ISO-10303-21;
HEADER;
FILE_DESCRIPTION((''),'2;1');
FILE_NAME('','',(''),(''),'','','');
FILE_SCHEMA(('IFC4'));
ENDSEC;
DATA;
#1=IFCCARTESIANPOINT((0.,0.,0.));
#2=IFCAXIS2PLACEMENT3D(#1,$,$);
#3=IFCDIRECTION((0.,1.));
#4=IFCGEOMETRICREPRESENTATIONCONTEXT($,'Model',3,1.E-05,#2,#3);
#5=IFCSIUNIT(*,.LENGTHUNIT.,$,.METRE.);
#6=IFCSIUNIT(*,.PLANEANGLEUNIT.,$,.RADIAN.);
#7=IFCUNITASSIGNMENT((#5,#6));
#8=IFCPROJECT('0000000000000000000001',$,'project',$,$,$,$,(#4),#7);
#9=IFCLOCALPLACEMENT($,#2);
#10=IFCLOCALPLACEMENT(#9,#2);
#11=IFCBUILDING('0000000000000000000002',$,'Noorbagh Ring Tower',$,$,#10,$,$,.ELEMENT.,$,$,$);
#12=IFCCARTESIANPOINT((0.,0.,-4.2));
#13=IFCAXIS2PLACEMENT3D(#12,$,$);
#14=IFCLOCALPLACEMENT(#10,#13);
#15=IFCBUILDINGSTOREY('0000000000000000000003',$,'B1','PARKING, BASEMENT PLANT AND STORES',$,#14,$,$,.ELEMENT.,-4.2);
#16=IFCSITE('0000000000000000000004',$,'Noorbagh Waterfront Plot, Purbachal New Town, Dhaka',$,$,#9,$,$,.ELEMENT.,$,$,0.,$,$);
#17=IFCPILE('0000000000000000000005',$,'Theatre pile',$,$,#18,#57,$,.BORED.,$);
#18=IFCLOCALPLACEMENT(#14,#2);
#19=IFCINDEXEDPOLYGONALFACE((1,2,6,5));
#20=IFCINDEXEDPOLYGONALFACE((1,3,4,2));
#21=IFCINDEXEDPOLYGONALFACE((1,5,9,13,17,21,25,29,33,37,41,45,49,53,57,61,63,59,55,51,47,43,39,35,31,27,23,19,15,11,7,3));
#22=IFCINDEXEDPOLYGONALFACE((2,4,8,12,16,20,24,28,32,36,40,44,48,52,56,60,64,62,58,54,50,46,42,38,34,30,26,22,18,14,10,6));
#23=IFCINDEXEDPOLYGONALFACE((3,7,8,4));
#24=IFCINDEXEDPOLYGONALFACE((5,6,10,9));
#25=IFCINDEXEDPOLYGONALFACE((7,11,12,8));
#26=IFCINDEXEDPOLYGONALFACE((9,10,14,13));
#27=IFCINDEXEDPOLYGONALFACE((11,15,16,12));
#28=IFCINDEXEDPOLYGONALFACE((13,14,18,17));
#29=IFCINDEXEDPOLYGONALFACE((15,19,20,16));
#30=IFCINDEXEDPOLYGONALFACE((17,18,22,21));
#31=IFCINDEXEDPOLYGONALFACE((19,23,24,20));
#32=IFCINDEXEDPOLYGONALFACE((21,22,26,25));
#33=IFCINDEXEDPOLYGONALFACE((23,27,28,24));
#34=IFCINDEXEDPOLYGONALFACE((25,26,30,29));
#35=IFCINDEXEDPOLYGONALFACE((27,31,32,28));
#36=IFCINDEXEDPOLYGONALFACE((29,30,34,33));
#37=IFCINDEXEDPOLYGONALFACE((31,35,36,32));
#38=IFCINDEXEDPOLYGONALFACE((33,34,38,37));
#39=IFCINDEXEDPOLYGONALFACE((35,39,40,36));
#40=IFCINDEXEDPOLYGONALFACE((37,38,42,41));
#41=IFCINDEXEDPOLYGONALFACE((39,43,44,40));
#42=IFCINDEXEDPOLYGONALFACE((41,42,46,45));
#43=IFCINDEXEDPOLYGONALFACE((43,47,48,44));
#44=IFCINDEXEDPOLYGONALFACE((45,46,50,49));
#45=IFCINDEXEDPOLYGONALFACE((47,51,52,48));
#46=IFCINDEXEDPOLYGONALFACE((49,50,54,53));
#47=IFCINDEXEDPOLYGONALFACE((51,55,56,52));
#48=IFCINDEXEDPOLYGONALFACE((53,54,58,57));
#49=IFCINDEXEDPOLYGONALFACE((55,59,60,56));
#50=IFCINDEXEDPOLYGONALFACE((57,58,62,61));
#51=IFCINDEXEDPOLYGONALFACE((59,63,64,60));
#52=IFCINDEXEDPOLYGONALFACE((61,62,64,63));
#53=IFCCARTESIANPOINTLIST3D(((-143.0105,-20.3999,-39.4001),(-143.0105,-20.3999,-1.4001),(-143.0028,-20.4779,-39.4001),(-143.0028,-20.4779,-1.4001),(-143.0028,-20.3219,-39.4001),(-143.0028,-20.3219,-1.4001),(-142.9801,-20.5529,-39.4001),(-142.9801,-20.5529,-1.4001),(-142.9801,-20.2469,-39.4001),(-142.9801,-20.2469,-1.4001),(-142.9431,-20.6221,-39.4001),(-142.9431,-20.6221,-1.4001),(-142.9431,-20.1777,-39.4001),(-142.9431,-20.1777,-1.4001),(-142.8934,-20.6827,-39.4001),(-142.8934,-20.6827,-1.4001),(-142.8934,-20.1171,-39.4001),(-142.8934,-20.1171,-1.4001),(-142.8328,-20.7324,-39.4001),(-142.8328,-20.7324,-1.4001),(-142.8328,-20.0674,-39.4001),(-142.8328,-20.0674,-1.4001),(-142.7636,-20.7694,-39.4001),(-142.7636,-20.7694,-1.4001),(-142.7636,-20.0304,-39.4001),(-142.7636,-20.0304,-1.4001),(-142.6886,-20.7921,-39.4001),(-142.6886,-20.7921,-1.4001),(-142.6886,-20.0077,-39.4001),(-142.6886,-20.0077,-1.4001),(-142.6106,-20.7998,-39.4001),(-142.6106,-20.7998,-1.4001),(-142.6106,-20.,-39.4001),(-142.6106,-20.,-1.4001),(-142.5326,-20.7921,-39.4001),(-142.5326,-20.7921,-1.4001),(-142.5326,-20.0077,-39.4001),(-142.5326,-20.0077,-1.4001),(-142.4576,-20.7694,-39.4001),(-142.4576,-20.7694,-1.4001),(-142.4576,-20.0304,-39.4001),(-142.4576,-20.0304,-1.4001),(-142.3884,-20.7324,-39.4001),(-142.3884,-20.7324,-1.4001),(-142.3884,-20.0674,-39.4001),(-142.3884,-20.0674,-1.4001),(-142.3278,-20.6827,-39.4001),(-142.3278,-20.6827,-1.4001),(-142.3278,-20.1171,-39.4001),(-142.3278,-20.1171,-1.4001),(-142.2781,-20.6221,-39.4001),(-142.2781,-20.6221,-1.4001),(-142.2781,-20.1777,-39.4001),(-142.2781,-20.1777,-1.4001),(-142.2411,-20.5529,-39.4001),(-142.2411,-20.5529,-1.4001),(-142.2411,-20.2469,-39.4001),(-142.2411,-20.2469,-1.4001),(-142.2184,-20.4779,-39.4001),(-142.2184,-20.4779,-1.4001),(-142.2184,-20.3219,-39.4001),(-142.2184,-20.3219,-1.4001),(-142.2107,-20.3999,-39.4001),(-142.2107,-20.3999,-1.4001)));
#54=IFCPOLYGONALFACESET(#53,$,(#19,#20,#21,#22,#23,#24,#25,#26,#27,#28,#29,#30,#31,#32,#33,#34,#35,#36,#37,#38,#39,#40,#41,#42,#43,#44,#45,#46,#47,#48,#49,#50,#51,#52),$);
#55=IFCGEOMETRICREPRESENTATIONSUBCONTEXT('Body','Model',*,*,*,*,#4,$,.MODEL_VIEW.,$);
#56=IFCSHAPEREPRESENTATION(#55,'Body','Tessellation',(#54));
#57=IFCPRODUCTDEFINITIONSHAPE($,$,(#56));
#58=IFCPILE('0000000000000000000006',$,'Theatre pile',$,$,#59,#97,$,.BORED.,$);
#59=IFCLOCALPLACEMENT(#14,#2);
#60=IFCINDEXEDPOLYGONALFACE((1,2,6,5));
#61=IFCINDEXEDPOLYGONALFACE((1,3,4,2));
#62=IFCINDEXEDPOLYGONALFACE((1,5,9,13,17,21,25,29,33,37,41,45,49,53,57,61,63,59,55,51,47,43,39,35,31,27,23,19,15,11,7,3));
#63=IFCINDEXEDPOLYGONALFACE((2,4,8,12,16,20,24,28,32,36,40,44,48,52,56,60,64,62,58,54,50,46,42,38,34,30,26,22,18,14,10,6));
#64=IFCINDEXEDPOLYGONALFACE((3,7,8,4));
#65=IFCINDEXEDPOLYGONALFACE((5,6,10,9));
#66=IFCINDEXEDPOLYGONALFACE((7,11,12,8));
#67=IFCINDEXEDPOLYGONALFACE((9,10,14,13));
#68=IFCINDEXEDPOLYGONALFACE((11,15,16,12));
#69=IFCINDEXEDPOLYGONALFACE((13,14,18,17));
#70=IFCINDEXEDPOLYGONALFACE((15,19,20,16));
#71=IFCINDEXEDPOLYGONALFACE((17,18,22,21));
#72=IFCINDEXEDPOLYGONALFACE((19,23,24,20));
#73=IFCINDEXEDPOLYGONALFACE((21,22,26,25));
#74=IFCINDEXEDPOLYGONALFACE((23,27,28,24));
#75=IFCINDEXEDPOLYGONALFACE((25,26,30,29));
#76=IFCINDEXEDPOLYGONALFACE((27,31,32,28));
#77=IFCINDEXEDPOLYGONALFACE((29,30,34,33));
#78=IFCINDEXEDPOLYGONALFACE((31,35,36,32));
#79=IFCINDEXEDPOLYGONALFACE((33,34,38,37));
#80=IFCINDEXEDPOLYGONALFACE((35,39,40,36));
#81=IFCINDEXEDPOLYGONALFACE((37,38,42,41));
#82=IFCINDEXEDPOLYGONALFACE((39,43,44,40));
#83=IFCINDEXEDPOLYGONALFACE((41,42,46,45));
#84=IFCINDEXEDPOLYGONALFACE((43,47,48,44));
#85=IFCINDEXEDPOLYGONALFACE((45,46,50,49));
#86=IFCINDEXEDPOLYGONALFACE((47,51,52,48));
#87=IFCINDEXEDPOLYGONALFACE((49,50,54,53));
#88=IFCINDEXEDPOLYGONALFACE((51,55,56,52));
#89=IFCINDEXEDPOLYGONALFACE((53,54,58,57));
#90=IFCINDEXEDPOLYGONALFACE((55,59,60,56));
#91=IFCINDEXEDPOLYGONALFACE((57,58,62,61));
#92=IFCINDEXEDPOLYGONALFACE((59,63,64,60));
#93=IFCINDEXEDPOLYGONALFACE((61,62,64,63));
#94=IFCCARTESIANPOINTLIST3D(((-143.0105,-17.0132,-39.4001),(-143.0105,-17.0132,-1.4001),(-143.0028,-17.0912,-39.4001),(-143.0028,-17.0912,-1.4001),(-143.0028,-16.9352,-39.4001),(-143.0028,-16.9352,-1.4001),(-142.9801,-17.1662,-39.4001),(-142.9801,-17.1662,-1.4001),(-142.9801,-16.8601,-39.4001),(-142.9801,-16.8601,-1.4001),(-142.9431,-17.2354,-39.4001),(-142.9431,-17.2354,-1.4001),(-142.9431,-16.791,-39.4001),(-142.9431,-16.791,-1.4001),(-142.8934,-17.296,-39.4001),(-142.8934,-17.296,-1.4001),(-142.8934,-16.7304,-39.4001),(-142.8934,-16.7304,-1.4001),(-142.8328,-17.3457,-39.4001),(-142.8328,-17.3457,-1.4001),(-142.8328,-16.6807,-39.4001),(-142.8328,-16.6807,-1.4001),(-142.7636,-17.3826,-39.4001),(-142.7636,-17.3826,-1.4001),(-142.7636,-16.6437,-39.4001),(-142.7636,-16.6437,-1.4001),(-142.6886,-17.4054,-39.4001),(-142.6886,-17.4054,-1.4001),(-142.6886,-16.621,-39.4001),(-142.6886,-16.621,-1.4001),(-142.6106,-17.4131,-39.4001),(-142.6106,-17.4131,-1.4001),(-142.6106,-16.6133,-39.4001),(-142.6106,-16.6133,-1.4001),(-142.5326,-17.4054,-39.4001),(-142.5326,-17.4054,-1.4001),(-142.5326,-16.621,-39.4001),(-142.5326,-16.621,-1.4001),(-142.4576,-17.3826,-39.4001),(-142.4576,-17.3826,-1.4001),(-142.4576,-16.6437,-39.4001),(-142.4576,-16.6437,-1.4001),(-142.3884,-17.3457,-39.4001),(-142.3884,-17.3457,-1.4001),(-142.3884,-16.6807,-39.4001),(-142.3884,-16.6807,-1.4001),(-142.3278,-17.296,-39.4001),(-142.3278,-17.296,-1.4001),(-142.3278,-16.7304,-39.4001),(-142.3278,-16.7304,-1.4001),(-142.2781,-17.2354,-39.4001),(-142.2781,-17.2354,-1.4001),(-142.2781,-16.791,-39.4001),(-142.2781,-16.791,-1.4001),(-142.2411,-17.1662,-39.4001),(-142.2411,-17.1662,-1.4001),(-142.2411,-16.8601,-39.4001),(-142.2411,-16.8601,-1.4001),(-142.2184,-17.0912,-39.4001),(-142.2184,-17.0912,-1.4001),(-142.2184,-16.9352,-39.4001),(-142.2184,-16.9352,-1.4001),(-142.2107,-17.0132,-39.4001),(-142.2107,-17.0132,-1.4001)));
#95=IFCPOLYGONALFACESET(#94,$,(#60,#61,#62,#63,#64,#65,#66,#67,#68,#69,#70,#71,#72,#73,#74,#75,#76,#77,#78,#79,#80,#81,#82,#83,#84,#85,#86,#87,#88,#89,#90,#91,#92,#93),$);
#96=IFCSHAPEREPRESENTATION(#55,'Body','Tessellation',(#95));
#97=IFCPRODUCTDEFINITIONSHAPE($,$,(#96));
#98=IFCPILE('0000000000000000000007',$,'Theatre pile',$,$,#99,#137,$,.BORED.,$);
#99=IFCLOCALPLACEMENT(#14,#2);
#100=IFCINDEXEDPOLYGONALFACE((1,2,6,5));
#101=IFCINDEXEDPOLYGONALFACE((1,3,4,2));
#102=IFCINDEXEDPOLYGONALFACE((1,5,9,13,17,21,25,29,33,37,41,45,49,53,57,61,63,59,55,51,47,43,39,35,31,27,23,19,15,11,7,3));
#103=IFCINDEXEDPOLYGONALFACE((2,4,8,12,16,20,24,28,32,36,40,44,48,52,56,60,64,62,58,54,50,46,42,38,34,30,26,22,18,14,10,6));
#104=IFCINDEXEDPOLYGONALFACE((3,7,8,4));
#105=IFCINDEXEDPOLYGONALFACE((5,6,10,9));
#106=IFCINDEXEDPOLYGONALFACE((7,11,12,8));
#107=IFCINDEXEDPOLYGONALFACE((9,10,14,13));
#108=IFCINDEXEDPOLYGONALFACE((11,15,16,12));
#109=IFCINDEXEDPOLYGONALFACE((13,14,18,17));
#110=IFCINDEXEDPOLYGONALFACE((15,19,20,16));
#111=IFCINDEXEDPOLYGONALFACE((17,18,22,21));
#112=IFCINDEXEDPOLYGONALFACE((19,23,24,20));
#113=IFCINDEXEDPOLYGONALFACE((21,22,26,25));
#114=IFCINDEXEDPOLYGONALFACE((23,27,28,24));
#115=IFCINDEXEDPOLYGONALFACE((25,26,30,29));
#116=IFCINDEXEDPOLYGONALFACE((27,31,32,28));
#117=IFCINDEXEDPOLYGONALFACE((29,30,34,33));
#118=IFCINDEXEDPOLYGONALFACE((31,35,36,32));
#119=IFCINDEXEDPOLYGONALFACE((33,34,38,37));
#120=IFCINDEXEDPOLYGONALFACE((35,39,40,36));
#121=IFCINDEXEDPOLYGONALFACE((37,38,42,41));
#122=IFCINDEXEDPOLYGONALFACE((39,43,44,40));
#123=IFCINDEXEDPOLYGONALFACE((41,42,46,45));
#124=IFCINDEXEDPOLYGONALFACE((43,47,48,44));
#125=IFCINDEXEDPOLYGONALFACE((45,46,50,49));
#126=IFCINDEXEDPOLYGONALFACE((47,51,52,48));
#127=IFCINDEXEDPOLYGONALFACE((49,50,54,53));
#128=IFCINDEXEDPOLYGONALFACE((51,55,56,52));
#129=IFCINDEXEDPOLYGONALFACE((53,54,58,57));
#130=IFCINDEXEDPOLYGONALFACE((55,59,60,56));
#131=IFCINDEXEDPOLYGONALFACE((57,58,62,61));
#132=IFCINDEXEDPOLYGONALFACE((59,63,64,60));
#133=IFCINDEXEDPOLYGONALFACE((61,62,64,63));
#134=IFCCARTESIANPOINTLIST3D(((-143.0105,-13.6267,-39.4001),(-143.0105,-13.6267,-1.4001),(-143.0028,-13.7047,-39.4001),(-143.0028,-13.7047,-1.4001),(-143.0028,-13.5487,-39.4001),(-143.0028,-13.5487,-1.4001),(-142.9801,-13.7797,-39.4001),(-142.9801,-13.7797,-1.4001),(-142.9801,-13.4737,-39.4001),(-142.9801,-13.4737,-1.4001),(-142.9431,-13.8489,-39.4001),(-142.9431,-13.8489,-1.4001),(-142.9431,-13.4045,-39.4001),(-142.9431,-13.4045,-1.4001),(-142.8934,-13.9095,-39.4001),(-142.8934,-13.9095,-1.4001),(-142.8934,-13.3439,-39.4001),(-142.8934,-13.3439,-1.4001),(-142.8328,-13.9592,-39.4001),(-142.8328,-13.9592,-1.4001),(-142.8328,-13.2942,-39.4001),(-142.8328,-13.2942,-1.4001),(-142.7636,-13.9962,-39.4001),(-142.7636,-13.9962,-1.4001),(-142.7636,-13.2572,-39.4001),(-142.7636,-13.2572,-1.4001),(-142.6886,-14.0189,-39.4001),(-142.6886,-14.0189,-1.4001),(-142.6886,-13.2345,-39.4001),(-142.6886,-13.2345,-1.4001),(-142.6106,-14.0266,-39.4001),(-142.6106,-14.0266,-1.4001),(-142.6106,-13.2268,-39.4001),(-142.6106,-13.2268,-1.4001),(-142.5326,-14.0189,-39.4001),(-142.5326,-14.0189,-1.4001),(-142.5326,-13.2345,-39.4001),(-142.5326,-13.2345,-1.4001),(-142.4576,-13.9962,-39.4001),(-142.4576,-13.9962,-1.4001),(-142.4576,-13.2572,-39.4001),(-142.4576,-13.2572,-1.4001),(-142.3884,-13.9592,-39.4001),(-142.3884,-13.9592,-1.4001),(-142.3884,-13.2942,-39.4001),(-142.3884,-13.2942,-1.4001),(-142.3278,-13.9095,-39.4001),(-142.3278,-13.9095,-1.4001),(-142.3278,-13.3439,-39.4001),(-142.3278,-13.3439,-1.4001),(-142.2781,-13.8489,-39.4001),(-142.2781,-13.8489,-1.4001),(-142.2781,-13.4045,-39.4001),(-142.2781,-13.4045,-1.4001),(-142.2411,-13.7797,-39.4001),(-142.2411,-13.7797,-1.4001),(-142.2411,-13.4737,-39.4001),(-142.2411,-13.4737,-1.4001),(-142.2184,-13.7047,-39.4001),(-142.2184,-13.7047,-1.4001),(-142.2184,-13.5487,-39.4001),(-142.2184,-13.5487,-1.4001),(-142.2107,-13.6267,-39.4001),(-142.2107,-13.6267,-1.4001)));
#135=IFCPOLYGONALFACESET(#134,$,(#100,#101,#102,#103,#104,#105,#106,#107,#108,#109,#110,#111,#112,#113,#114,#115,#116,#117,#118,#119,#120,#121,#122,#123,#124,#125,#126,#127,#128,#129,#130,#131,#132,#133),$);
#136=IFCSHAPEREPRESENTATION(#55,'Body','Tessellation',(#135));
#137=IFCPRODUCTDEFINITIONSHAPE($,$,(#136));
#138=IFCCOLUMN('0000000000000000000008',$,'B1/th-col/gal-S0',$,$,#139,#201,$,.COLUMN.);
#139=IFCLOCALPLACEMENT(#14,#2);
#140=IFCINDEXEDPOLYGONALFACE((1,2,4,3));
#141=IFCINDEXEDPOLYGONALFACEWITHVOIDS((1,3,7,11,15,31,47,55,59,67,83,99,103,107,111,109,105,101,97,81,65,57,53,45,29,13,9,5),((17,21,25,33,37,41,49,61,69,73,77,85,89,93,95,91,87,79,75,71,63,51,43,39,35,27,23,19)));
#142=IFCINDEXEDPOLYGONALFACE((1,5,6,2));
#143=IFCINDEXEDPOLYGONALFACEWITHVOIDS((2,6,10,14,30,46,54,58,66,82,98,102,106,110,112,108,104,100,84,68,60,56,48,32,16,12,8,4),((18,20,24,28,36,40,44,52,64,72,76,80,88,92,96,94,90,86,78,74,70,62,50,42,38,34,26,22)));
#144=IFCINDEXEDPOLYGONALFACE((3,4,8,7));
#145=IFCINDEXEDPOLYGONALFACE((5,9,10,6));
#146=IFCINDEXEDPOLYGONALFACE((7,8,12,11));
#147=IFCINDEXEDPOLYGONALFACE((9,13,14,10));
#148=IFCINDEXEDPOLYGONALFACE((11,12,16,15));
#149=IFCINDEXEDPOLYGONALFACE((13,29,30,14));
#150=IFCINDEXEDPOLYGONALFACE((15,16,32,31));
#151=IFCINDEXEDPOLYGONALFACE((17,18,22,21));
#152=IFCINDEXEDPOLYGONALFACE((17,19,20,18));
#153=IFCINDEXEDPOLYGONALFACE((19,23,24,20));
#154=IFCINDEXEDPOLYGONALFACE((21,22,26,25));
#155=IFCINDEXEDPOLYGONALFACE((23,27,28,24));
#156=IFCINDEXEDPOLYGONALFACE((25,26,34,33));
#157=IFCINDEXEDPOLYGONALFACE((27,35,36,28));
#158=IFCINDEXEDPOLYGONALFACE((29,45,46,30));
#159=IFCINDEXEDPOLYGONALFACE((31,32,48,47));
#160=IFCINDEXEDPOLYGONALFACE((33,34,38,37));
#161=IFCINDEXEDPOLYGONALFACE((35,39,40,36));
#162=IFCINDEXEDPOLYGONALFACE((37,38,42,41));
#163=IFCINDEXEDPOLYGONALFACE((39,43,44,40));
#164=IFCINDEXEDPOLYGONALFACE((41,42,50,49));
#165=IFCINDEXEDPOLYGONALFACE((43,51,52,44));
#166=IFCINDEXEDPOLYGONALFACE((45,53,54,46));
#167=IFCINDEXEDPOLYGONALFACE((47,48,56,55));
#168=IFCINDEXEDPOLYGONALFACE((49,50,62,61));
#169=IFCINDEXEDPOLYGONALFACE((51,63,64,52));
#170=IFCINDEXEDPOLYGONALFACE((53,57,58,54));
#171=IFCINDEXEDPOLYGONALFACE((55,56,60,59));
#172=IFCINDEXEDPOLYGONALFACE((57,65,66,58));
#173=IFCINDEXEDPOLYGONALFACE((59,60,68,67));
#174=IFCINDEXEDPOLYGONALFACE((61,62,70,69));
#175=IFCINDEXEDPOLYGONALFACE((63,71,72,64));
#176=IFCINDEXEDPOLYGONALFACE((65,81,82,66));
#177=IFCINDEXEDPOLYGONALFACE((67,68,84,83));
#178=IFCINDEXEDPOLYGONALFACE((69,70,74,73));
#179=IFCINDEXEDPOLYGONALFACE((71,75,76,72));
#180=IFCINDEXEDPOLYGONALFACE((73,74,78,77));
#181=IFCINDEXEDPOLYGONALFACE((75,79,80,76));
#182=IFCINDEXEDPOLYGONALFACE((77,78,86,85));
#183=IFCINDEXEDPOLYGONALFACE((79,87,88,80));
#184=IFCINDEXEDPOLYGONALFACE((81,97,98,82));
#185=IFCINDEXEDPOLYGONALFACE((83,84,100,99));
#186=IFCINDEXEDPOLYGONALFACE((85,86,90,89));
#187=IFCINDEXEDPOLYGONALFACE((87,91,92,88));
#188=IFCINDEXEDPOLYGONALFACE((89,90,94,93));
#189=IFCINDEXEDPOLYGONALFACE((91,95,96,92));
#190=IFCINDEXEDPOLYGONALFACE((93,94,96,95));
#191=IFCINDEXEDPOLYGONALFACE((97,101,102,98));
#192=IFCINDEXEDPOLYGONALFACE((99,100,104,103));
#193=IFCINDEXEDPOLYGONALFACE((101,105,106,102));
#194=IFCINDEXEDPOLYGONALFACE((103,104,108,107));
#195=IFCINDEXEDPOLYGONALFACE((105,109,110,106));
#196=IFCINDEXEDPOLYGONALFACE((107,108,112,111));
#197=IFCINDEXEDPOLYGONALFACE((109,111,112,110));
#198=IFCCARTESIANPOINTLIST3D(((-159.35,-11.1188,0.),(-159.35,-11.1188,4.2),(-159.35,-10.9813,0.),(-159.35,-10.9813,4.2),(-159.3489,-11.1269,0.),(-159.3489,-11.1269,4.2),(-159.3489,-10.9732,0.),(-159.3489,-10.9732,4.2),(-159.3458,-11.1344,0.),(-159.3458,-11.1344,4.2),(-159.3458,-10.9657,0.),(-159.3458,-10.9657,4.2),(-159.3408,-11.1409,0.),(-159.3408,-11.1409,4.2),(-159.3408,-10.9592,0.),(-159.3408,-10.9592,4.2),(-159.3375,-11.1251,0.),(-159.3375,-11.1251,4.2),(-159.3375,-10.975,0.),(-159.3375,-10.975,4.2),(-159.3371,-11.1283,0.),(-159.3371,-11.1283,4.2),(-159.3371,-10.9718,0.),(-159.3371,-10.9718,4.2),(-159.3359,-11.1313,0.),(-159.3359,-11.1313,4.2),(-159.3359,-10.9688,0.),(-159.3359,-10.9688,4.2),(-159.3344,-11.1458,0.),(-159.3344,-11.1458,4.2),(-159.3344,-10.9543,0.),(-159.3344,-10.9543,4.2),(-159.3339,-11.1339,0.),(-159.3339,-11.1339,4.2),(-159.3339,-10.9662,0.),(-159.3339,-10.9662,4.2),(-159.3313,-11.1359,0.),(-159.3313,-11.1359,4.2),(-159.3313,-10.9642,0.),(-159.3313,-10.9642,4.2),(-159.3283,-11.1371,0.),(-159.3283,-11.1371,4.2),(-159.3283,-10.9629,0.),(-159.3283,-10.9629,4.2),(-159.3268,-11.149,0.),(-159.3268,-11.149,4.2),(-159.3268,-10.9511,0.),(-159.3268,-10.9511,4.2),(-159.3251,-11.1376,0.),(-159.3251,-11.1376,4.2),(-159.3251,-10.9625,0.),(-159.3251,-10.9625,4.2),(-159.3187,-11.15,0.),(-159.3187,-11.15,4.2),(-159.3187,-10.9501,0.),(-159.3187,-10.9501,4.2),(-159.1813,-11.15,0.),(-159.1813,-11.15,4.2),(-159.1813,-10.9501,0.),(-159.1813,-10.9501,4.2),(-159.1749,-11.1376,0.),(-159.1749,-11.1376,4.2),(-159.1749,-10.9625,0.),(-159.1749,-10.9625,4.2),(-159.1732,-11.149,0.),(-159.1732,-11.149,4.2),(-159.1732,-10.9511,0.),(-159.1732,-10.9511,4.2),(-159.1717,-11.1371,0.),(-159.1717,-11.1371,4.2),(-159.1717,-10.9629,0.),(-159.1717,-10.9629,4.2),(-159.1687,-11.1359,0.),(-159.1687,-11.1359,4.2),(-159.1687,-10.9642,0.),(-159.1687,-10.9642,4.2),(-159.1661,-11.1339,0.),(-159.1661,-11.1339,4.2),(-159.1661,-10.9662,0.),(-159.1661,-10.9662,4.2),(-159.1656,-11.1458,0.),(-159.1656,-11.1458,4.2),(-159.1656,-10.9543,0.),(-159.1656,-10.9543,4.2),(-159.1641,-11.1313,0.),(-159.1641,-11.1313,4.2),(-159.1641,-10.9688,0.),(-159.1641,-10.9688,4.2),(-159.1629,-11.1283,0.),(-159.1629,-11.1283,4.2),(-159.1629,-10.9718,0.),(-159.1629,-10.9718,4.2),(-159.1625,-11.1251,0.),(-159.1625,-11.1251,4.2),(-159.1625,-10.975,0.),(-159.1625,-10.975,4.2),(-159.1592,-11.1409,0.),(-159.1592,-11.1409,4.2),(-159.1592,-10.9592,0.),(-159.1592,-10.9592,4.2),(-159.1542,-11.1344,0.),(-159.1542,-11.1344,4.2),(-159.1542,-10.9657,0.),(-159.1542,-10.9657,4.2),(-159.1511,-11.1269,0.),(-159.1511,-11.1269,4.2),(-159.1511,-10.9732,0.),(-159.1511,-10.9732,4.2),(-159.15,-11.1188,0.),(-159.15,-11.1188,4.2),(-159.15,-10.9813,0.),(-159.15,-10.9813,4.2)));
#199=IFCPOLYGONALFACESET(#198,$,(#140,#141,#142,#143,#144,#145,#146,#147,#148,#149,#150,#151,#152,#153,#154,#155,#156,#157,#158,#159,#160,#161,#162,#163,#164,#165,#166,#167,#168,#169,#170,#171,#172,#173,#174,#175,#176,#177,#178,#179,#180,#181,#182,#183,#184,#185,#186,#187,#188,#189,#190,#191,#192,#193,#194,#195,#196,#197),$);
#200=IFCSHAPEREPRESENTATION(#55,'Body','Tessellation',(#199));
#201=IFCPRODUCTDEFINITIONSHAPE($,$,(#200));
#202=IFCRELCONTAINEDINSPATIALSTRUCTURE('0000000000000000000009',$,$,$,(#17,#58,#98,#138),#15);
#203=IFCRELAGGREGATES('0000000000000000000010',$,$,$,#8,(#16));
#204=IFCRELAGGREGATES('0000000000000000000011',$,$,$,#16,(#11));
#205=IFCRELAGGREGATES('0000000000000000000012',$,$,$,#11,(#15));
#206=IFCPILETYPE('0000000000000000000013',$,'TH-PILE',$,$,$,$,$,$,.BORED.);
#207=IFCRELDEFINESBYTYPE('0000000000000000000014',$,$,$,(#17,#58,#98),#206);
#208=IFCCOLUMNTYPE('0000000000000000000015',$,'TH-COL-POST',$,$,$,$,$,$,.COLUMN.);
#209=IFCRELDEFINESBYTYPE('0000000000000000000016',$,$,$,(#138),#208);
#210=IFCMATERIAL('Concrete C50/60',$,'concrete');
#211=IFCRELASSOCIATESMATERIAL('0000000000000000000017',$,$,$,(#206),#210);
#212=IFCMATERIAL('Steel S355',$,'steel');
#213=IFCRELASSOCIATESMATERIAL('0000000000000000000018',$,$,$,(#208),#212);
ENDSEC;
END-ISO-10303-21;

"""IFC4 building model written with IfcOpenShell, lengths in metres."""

from ifc_helpers import new_model, si_unit, direction, frame, origin, origin_2d, place, context, subcontext, project, spatial, hollow_rectangle, circle, extrude, material, material_profile, profile_set, type_object, element, save


model = new_model("IFC4")

# Units and contexts
model_context = context("Model", 3, precision=1e-05, world=origin(), true_north=direction((0.0, 1.0)))
body_context = subcontext(model_context, "Body", "Model", "MODEL_VIEW")
ifc_project = project(units=[si_unit("LENGTHUNIT", "METRE"), si_unit("PLANEANGLEUNIT", "RADIAN")], contexts=[model_context])

# Site, building, storey
site_placement = place(None, origin())
site = spatial("IfcSite", under=ifc_project, at=site_placement, Name="Noorbagh Waterfront Plot, Purbachal New Town, Dhaka", CompositionType="ELEMENT", RefElevation=0.0)
building_placement = place(site_placement, origin())
building = spatial("IfcBuilding", under=site, at=building_placement, Name="Noorbagh Ring Tower", CompositionType="ELEMENT")
storey_placement = place(building_placement, frame((0.0, 0.0, -4.2)))
storey = spatial("IfcBuildingStorey", under=building, at=storey_placement, Name="B1", Description="PARKING, BASEMENT PLANT AND STORES", CompositionType="ELEMENT", Elevation=-4.2)

# Piles
ifc_material_1 = material(Name="Concrete C50/60", Category="concrete")
ifc_material_profile_1 = material_profile(ifc_material_1, circle(Radius=0.3999, at=origin_2d()), Name="PILE800")
ifc_profile_set_1 = profile_set([ifc_material_profile_1], Name="Concrete C50/60")
pile_type = type_object("IfcPileType", Name="TH-PILE", PredefinedType="BORED", material=ifc_profile_set_1)
for number, where, z_axis, x_axis, name in (
    (1, (-142.6106, -20.3999, -1.4001), (0.0, 0.0, -1.0), (1.0, 0.0, 0.0), "Theatre pile"),
    (2, (-142.6106, -17.0132, -1.4001), (0.0, 0.0, -1.0), (1.0, 0.0, 0.0), "Theatre pile"),
    (3, (-142.6106, -13.6267, -1.4001), (0.0, 0.0, -1.0), (1.0, 0.0, 0.0), "Theatre pile"),
):
    element("IfcPile", number, at=place(storey_placement, frame(where, z_axis=z_axis, x_axis=x_axis)), inside=storey, type_object=pile_type, Name=name, PredefinedType="BORED", context=body_context, shape_type="SweptSolid", body=[
        extrude(circle(Radius=0.3999, at=origin_2d()), origin(), (0.0, 0.0, 1.0), 38.0),
    ])

# Column
ifc_material_2 = material(Name="Steel S355", Category="steel")
ifc_material_profile_2 = material_profile(ifc_material_2, hollow_rectangle(XDim=0.2, YDim=0.2, WallThickness=0.0125, InnerFilletRadius=0.0125, OuterFilletRadius=0.0312, at=origin_2d()), Name="SHS200x200x12.5")
ifc_profile_set_2 = profile_set([ifc_material_profile_2], Name="Steel S355")
column_type = type_object("IfcColumnType", Name="TH-COL-POST", PredefinedType="COLUMN", material=ifc_profile_set_2)
for number, where, z_axis, x_axis, name in (
    (4, (-159.25, -11.05, 0.0), (0.0, 0.0, 1.0), (1.0, 0.0, 0.0), "B1/th-col/gal-S0"),
):
    element("IfcColumn", number, at=place(storey_placement, frame(where, z_axis=z_axis, x_axis=x_axis)), inside=storey, type_object=column_type, Name=name, PredefinedType="COLUMN", context=body_context, shape_type="SweptSolid", body=[
        extrude(hollow_rectangle(XDim=0.2, YDim=0.2, WallThickness=0.0125, InnerFilletRadius=0.0125, OuterFilletRadius=0.0312, at=origin_2d()), origin(), (0.0, 0.0, 1.0), 4.2),
    ])

save(model, "model.ifc")
